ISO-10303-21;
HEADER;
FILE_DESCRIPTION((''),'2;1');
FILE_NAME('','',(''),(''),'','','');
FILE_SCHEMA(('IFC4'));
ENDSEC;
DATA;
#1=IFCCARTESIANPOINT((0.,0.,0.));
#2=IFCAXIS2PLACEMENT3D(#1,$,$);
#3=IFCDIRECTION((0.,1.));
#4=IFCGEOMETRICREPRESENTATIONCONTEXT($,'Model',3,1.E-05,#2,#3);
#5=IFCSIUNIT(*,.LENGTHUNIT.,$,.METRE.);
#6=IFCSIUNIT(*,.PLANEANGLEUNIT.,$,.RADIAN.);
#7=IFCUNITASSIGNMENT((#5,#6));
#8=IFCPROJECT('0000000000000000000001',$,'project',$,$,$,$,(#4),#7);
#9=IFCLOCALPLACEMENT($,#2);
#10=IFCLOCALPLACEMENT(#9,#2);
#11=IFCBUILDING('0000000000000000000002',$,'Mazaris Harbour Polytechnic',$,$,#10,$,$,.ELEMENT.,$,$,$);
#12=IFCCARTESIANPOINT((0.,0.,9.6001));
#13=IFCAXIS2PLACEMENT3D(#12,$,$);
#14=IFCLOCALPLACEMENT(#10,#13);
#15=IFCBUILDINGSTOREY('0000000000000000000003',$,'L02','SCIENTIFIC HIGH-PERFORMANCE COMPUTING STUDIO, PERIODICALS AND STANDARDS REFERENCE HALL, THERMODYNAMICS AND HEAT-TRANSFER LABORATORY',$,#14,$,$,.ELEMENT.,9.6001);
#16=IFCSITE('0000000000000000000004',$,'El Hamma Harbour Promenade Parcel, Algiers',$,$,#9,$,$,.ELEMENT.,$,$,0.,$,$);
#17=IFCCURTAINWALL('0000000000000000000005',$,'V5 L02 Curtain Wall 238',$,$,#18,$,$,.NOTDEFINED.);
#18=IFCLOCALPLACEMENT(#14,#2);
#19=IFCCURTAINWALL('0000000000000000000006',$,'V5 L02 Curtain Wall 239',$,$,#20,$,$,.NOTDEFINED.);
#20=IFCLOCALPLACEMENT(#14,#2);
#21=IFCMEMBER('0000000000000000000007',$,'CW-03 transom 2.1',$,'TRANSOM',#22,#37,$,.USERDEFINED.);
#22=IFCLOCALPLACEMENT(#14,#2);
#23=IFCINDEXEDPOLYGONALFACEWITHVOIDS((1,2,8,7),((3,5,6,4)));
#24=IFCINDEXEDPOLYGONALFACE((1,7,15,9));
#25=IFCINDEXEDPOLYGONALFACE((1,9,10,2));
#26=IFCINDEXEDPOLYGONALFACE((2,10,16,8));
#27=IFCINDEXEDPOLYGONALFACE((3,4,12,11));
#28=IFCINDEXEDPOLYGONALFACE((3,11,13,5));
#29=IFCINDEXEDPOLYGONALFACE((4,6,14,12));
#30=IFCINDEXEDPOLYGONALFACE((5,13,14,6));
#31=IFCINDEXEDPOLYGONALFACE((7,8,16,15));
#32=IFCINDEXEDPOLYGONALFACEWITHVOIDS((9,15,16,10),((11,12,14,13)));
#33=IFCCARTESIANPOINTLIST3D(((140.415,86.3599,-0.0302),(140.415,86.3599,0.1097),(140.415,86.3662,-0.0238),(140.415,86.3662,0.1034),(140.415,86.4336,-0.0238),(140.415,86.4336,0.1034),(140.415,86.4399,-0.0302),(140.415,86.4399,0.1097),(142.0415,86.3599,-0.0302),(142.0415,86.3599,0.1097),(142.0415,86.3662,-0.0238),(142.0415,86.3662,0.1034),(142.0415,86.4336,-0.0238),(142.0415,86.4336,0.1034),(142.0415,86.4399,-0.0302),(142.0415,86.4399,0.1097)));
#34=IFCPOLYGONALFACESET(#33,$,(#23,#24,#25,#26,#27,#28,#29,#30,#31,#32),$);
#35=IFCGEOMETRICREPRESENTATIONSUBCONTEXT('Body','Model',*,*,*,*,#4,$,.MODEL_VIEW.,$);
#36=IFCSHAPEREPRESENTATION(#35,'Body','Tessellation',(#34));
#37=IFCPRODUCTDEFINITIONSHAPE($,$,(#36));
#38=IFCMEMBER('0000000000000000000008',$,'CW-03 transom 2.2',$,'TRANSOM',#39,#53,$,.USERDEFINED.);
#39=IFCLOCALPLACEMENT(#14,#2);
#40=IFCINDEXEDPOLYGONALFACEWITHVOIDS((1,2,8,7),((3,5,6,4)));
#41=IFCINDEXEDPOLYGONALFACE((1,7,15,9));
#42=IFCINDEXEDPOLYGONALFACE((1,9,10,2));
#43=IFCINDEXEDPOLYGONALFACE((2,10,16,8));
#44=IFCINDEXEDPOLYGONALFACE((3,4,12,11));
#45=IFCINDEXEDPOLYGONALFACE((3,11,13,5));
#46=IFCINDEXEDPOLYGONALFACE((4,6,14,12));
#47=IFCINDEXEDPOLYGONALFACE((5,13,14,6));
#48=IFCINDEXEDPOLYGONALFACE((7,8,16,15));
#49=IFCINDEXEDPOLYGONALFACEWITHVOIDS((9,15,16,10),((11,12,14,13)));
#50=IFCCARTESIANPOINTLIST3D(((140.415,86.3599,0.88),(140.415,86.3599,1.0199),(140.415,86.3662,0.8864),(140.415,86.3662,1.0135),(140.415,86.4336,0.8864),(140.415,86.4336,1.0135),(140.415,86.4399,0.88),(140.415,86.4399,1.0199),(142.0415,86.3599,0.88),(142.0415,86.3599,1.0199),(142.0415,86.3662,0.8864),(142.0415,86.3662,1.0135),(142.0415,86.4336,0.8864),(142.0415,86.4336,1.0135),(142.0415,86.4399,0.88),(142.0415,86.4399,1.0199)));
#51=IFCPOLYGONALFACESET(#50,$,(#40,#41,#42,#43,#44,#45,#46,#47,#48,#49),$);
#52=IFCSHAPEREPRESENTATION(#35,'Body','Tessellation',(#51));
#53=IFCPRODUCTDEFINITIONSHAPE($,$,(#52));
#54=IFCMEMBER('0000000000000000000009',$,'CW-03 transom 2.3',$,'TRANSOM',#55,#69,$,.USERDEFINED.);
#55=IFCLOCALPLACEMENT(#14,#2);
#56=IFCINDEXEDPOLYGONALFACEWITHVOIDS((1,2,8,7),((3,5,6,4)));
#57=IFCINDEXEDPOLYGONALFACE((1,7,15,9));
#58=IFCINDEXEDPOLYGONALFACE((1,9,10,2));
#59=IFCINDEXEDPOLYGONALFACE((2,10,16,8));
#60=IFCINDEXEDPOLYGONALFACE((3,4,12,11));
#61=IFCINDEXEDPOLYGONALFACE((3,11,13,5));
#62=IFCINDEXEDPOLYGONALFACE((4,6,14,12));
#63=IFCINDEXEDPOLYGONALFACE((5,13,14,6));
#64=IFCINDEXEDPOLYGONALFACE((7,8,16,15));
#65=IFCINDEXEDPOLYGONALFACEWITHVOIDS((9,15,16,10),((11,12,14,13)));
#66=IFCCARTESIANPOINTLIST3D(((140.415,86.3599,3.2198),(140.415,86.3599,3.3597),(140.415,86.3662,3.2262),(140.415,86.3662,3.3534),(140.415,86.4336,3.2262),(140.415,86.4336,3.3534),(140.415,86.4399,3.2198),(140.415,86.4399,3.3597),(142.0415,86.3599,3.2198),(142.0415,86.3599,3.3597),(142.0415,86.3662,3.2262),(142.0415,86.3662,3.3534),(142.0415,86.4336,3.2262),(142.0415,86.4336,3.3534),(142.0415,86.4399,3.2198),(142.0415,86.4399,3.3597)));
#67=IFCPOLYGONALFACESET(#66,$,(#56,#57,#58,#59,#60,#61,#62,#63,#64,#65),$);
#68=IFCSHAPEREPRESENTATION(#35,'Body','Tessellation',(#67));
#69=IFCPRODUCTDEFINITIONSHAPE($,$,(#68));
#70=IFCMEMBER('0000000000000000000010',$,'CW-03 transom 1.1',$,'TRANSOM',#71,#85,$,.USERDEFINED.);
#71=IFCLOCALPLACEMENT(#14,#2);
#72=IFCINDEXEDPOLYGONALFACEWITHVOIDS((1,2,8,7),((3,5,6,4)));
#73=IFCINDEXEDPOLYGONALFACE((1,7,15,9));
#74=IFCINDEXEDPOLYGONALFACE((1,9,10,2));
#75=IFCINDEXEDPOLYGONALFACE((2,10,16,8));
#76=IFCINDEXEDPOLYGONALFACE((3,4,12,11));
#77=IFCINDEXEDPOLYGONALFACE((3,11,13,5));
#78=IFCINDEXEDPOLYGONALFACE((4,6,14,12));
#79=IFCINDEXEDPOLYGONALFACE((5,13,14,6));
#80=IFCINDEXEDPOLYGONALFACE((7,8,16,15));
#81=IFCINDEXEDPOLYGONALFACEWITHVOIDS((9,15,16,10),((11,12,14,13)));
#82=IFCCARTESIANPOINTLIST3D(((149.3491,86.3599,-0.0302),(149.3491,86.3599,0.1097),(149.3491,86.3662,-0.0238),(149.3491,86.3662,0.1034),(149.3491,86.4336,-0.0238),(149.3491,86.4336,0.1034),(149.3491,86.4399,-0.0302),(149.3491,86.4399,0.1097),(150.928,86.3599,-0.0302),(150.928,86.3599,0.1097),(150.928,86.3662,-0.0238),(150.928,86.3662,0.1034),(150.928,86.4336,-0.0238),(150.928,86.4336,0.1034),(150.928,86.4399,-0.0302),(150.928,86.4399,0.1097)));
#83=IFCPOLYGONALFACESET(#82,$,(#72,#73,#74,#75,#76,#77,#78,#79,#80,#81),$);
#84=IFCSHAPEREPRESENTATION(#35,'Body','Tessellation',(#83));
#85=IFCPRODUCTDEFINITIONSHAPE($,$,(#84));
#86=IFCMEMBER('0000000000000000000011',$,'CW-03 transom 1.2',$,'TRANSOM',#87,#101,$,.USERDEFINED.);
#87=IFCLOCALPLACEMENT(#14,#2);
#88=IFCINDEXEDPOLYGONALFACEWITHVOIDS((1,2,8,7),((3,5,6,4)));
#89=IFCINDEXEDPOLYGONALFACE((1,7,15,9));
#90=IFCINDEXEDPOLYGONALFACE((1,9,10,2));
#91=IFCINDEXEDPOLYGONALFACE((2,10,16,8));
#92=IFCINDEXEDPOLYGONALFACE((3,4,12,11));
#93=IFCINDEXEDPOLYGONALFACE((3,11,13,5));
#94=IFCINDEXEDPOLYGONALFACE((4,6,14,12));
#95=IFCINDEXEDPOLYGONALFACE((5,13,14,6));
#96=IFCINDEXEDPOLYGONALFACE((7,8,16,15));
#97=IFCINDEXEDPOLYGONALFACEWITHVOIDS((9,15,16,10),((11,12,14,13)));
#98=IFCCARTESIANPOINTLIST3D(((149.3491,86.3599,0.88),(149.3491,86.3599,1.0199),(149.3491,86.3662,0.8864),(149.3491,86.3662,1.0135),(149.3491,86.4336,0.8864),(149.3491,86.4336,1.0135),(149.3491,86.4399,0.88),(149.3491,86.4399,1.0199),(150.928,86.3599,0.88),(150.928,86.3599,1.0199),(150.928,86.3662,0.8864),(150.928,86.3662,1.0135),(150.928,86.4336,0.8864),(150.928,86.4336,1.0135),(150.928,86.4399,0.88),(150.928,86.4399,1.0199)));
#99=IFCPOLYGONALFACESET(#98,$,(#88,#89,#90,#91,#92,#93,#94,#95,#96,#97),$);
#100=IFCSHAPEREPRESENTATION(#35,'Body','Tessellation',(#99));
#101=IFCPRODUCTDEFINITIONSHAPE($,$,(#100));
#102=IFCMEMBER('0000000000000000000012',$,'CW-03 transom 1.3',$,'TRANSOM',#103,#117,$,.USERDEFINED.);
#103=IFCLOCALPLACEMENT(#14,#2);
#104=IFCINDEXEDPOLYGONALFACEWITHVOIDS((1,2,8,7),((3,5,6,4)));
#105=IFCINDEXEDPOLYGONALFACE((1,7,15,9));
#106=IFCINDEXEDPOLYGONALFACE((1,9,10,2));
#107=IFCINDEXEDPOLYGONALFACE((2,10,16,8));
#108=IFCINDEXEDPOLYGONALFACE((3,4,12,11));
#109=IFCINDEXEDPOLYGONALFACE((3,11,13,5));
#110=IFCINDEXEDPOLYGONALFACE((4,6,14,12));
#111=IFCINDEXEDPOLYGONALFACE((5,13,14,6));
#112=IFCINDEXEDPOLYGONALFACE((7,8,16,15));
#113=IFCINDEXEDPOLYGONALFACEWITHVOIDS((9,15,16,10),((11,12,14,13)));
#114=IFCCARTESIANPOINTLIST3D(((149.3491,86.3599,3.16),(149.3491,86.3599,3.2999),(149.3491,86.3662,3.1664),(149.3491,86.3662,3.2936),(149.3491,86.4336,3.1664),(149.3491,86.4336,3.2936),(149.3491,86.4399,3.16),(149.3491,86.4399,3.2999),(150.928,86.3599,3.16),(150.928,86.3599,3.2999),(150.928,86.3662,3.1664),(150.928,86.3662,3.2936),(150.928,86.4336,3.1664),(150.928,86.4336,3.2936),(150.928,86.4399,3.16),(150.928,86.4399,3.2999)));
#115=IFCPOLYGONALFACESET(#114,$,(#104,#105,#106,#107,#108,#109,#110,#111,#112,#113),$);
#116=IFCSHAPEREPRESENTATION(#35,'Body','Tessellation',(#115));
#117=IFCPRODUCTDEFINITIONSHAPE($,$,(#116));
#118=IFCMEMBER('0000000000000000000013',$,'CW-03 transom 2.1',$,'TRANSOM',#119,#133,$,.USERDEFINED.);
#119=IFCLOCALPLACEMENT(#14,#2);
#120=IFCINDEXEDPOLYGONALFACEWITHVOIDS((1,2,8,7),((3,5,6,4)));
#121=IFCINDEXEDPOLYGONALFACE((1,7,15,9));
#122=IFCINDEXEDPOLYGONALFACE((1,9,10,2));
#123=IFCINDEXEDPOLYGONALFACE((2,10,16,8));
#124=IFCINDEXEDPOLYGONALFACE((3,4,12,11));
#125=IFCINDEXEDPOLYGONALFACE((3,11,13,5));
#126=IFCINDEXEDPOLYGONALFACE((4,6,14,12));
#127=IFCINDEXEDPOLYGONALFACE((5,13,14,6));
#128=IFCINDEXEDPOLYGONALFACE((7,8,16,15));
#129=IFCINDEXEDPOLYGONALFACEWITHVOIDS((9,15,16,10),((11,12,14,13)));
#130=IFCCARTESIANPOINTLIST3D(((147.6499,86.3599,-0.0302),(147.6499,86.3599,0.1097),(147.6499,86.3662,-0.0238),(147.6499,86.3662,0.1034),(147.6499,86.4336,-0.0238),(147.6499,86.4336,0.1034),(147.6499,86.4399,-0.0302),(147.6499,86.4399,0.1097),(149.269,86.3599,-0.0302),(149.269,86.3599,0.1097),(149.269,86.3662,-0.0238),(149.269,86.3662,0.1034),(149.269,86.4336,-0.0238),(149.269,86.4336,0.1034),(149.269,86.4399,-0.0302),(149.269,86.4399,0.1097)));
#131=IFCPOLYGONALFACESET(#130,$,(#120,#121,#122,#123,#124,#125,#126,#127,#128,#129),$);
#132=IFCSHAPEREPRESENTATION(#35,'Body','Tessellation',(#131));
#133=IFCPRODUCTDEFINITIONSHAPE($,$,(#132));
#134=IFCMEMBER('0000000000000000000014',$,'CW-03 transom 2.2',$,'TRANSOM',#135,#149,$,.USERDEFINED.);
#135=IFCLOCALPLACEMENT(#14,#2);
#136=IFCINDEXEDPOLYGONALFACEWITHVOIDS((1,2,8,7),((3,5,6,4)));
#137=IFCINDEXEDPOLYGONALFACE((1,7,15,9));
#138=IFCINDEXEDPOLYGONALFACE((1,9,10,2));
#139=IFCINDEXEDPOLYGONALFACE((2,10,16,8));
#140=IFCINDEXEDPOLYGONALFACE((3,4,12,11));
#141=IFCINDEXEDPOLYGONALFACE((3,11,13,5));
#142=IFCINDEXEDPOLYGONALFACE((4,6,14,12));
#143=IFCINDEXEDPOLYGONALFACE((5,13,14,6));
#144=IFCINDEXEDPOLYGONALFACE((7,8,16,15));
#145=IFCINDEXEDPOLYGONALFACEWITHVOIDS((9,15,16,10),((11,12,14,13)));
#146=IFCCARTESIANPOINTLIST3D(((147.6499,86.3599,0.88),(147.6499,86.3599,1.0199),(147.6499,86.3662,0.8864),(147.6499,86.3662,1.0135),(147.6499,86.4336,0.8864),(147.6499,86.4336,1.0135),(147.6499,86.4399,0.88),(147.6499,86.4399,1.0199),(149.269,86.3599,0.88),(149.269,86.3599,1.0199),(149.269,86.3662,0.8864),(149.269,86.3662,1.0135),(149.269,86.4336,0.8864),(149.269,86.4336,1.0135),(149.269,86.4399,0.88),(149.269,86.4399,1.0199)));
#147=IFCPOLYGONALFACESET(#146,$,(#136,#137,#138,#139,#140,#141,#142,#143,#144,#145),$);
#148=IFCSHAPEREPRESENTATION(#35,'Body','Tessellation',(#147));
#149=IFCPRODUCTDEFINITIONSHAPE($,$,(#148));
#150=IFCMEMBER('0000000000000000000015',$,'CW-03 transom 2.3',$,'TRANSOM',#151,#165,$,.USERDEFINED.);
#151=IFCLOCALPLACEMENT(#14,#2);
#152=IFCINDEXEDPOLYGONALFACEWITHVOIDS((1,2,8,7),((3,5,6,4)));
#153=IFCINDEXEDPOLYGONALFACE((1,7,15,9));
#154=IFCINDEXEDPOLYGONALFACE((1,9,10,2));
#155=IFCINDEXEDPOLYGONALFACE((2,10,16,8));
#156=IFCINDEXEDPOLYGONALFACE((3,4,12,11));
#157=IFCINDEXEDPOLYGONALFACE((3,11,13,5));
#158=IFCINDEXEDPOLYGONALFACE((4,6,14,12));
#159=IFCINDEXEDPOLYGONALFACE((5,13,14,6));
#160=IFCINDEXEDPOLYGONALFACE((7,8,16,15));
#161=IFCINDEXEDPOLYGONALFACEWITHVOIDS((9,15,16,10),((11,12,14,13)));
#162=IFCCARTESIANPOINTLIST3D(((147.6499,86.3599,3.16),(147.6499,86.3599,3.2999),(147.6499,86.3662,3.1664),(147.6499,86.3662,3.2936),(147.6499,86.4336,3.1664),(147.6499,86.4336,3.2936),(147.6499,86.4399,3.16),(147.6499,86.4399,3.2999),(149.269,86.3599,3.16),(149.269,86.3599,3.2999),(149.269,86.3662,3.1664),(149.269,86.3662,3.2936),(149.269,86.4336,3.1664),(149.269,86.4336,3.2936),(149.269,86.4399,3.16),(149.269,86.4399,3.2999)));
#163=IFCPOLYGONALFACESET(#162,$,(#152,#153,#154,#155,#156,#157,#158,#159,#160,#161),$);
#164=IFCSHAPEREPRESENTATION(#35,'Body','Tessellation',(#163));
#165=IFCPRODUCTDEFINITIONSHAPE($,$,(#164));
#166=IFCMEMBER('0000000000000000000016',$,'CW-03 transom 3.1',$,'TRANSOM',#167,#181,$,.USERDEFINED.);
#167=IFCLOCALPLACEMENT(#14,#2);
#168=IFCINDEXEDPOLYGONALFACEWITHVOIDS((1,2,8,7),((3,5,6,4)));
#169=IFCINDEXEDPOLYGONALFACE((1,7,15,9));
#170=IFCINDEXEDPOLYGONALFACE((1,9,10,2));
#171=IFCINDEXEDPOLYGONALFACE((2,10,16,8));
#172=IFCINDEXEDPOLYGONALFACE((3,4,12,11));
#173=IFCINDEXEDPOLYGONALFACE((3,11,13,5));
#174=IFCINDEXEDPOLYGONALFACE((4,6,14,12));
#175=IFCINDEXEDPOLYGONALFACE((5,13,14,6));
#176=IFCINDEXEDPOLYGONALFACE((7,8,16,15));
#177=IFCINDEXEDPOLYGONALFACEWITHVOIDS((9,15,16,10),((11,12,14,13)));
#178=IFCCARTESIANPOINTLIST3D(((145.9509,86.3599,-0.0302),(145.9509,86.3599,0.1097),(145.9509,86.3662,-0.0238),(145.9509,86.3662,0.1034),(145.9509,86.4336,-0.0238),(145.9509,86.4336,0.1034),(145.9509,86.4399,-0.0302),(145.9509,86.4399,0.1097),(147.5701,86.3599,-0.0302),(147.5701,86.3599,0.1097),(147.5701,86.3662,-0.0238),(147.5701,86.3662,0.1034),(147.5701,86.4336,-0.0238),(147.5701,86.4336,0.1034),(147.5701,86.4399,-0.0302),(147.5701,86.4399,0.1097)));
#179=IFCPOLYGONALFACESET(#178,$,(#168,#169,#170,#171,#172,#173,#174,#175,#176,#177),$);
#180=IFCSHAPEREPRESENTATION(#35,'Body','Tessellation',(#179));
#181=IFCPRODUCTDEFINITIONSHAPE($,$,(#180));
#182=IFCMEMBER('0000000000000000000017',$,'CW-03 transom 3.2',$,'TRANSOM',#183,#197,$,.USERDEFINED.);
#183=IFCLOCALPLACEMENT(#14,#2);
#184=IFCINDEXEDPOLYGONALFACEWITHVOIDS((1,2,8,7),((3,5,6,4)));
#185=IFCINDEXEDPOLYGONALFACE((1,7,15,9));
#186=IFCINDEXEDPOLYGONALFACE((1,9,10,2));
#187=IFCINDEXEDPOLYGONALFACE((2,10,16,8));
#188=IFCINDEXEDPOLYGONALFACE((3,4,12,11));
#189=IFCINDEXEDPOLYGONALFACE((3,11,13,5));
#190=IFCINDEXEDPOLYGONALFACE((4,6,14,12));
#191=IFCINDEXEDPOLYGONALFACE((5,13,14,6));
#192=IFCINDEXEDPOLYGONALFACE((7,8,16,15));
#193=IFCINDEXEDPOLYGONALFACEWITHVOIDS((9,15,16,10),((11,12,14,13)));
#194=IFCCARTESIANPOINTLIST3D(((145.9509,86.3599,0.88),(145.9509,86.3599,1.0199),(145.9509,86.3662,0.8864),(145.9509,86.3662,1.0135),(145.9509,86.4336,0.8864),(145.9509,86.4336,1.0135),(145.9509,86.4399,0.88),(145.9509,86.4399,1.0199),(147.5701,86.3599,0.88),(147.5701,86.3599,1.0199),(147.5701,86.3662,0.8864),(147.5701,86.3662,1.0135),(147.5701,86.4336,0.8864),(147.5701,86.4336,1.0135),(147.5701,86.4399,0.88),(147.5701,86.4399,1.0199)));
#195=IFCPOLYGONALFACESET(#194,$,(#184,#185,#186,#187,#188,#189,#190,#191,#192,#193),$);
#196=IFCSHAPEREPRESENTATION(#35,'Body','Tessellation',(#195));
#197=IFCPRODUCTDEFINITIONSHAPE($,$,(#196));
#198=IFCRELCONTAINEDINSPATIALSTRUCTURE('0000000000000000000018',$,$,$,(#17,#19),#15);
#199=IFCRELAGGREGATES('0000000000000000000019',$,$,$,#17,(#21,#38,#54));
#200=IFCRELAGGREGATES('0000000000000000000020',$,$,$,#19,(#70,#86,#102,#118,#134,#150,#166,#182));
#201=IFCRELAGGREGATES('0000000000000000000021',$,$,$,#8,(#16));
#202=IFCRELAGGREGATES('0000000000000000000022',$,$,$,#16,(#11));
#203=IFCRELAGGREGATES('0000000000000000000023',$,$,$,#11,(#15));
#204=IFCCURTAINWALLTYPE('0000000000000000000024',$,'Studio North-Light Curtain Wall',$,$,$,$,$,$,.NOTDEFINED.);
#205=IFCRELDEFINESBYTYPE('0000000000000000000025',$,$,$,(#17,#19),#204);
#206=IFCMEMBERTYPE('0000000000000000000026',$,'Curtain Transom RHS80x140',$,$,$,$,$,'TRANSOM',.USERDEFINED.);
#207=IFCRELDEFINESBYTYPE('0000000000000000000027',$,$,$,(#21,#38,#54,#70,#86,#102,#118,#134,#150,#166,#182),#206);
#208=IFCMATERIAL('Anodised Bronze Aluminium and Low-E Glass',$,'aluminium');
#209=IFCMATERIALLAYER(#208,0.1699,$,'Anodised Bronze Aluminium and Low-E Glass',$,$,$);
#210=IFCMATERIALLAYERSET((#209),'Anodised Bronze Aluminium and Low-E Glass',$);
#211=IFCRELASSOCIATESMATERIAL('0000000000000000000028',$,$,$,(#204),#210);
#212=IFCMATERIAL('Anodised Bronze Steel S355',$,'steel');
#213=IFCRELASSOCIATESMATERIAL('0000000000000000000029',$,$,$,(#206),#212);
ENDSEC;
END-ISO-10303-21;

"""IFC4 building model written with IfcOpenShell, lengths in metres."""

from ifc_helpers import new_model, si_unit, direction, frame, origin, origin_2d, place, context, subcontext, project, spatial, hollow_rectangle, extrude, material, layer, layer_set, material_profile, profile_set, type_object, element, aggregate, save


model = new_model("IFC4")

# Units and contexts
model_context = context("Model", 3, precision=1e-05, world=origin(), true_north=direction((0.0, 1.0)))
body_context = subcontext(model_context, "Body", "Model", "MODEL_VIEW")
ifc_project = project(units=[si_unit("LENGTHUNIT", "METRE"), si_unit("PLANEANGLEUNIT", "RADIAN")], contexts=[model_context])

# Site, building, storey
site_placement = place(None, origin())
site = spatial("IfcSite", under=ifc_project, at=site_placement, Name="El Hamma Harbour Promenade Parcel, Algiers", CompositionType="ELEMENT", RefElevation=0.0)
building_placement = place(site_placement, origin())
building = spatial("IfcBuilding", under=site, at=building_placement, Name="Mazaris Harbour Polytechnic", CompositionType="ELEMENT")
storey_placement = place(building_placement, frame((0.0, 0.0, 9.6001)))
storey = spatial("IfcBuildingStorey", under=building, at=storey_placement, Name="L02", Description="SCIENTIFIC HIGH-PERFORMANCE COMPUTING STUDIO, PERIODICALS AND STANDARDS REFERENCE HALL, THERMODYNAMICS AND HEAT-TRANSFER LABORATORY", CompositionType="ELEMENT", Elevation=9.6001)

# Curtain walls
ifc_material_1 = material(Name="Anodised Bronze Aluminium and Low-E Glass", Category="aluminium")
ifc_layer_1 = layer(ifc_material_1, 0.1699, Name="Anodised Bronze Aluminium and Low-E Glass")
ifc_layer_set_1 = layer_set([ifc_layer_1], Name="Anodised Bronze Aluminium and Low-E Glass")
curtain_wall_type = type_object("IfcCurtainWallType", Name="Studio North-Light Curtain Wall", PredefinedType="NOTDEFINED", material=ifc_layer_set_1)
curtain_wall_1_placement = place(storey_placement, origin())
curtain_wall_1 = element("IfcCurtainWall", 1, at=curtain_wall_1_placement, inside=storey, type_object=curtain_wall_type, Name="V5 L02 Curtain Wall 238", PredefinedType="NOTDEFINED")
curtain_wall_2_placement = place(storey_placement, origin())
curtain_wall_2 = element("IfcCurtainWall", 2, at=curtain_wall_2_placement, inside=storey, type_object=curtain_wall_type, Name="V5 L02 Curtain Wall 239", PredefinedType="NOTDEFINED")

# Members
ifc_material_2 = material(Name="Anodised Bronze Steel S355", Category="steel")
ifc_material_profile_1 = material_profile(ifc_material_2, hollow_rectangle(XDim=0.0801, YDim=0.1399, WallThickness=0.0063, at=origin_2d()), Name="RHS 80x140x6.3")
ifc_profile_set_1 = profile_set([ifc_material_profile_1], Name="Anodised Bronze Steel S355")
member_type_1 = type_object("IfcMemberType", Name="Curtain Transom RHS80x140", ElementType="TRANSOM", PredefinedType="USERDEFINED", material=ifc_profile_set_1)
member_1_placement = place(storey_placement, frame((142.0415, 86.3999, 0.0398), z_axis=(-1.0, 0.0, 0.0), x_axis=(0.0, -1.0, 0.0)))
member_1 = element("IfcMember", 3, at=member_1_placement, type_object=member_type_1, Name="CW-03 transom 2.1", ObjectType="TRANSOM", PredefinedType="USERDEFINED", context=body_context, shape_type="SweptSolid", body=[
    extrude(hollow_rectangle(XDim=0.0801, YDim=0.1399, WallThickness=0.0063, at=origin_2d()), origin(), (0.0, 0.0, 1.0), 1.6265),
])
member_2_placement = place(storey_placement, frame((142.0415, 86.3999, 0.95), z_axis=(-1.0, 0.0, 0.0), x_axis=(0.0, -1.0, 0.0)))
member_2 = element("IfcMember", 4, at=member_2_placement, type_object=member_type_1, Name="CW-03 transom 2.2", ObjectType="TRANSOM", PredefinedType="USERDEFINED", context=body_context, shape_type="SweptSolid", body=[
    extrude(hollow_rectangle(XDim=0.0801, YDim=0.1399, WallThickness=0.0063, at=origin_2d()), origin(), (0.0, 0.0, 1.0), 1.6265),
])
member_3_placement = place(storey_placement, frame((142.0415, 86.3999, 3.2898), z_axis=(-1.0, 0.0, 0.0), x_axis=(0.0, -1.0, 0.0)))
member_3 = element("IfcMember", 5, at=member_3_placement, type_object=member_type_1, Name="CW-03 transom 2.3", ObjectType="TRANSOM", PredefinedType="USERDEFINED", context=body_context, shape_type="SweptSolid", body=[
    extrude(hollow_rectangle(XDim=0.0801, YDim=0.1399, WallThickness=0.0063, at=origin_2d()), origin(), (0.0, 0.0, 1.0), 1.6265),
])
member_4_placement = place(storey_placement, frame((150.928, 86.3999, 0.0398), z_axis=(-1.0, 0.0, 0.0), x_axis=(0.0, -1.0, 0.0)))
member_4 = element("IfcMember", 6, at=member_4_placement, type_object=member_type_1, Name="CW-03 transom 1.1", ObjectType="TRANSOM", PredefinedType="USERDEFINED", context=body_context, shape_type="SweptSolid", body=[
    extrude(hollow_rectangle(XDim=0.0801, YDim=0.1399, WallThickness=0.0063, at=origin_2d()), origin(), (0.0, 0.0, 1.0), 1.5789),
])
member_5_placement = place(storey_placement, frame((150.928, 86.3999, 0.95), z_axis=(-1.0, 0.0, 0.0), x_axis=(0.0, -1.0, 0.0)))
member_5 = element("IfcMember", 7, at=member_5_placement, type_object=member_type_1, Name="CW-03 transom 1.2", ObjectType="TRANSOM", PredefinedType="USERDEFINED", context=body_context, shape_type="SweptSolid", body=[
    extrude(hollow_rectangle(XDim=0.0801, YDim=0.1399, WallThickness=0.0063, at=origin_2d()), origin(), (0.0, 0.0, 1.0), 1.5789),
])
member_6_placement = place(storey_placement, frame((150.928, 86.3999, 3.23), z_axis=(-1.0, 0.0, 0.0), x_axis=(0.0, -1.0, 0.0)))
member_6 = element("IfcMember", 8, at=member_6_placement, type_object=member_type_1, Name="CW-03 transom 1.3", ObjectType="TRANSOM", PredefinedType="USERDEFINED", context=body_context, shape_type="SweptSolid", body=[
    extrude(hollow_rectangle(XDim=0.0801, YDim=0.1399, WallThickness=0.0063, at=origin_2d()), origin(), (0.0, 0.0, 1.0), 1.5789),
])
member_7_placement = place(storey_placement, frame((149.269, 86.3999, 0.0398), z_axis=(-1.0, 0.0, 0.0), x_axis=(0.0, -1.0, 0.0)))
member_7 = element("IfcMember", 9, at=member_7_placement, type_object=member_type_1, Name="CW-03 transom 2.1", ObjectType="TRANSOM", PredefinedType="USERDEFINED", context=body_context, shape_type="SweptSolid", body=[
    extrude(hollow_rectangle(XDim=0.0801, YDim=0.1399, WallThickness=0.0063, at=origin_2d()), origin(), (0.0, 0.0, 1.0), 1.6191),
])
member_8_placement = place(storey_placement, frame((149.269, 86.3999, 0.95), z_axis=(-1.0, 0.0, 0.0), x_axis=(0.0, -1.0, 0.0)))
member_8 = element("IfcMember", 10, at=member_8_placement, type_object=member_type_1, Name="CW-03 transom 2.2", ObjectType="TRANSOM", PredefinedType="USERDEFINED", context=body_context, shape_type="SweptSolid", body=[
    extrude(hollow_rectangle(XDim=0.0801, YDim=0.1399, WallThickness=0.0063, at=origin_2d()), origin(), (0.0, 0.0, 1.0), 1.6191),
])
member_9_placement = place(storey_placement, frame((149.269, 86.3999, 3.23), z_axis=(-1.0, 0.0, 0.0), x_axis=(0.0, -1.0, 0.0)))
member_9 = element("IfcMember", 11, at=member_9_placement, type_object=member_type_1, Name="CW-03 transom 2.3", ObjectType="TRANSOM", PredefinedType="USERDEFINED", context=body_context, shape_type="SweptSolid", body=[
    extrude(hollow_rectangle(XDim=0.0801, YDim=0.1399, WallThickness=0.0063, at=origin_2d()), origin(), (0.0, 0.0, 1.0), 1.6191),
])
member_10_placement = place(storey_placement, frame((147.5701, 86.3999, 0.0398), z_axis=(-1.0, 0.0, 0.0), x_axis=(0.0, -1.0, 0.0)))
member_10 = element("IfcMember", 12, at=member_10_placement, type_object=member_type_1, Name="CW-03 transom 3.1", ObjectType="TRANSOM", PredefinedType="USERDEFINED", context=body_context, shape_type="SweptSolid", body=[
    extrude(hollow_rectangle(XDim=0.0801, YDim=0.1399, WallThickness=0.0063, at=origin_2d()), origin(), (0.0, 0.0, 1.0), 1.6191),
])
member_11_placement = place(storey_placement, frame((147.5701, 86.3999, 0.95), z_axis=(-1.0, 0.0, 0.0), x_axis=(0.0, -1.0, 0.0)))
member_11 = element("IfcMember", 13, at=member_11_placement, type_object=member_type_1, Name="CW-03 transom 3.2", ObjectType="TRANSOM", PredefinedType="USERDEFINED", context=body_context, shape_type="SweptSolid", body=[
    extrude(hollow_rectangle(XDim=0.0801, YDim=0.1399, WallThickness=0.0063, at=origin_2d()), origin(), (0.0, 0.0, 1.0), 1.6191),
])

aggregate(curtain_wall_1, [member_1, member_2, member_3])
aggregate(curtain_wall_2, [member_4, member_5, member_6, member_7, member_8, member_9, member_10, member_11])

save(model, "model.ifc")
